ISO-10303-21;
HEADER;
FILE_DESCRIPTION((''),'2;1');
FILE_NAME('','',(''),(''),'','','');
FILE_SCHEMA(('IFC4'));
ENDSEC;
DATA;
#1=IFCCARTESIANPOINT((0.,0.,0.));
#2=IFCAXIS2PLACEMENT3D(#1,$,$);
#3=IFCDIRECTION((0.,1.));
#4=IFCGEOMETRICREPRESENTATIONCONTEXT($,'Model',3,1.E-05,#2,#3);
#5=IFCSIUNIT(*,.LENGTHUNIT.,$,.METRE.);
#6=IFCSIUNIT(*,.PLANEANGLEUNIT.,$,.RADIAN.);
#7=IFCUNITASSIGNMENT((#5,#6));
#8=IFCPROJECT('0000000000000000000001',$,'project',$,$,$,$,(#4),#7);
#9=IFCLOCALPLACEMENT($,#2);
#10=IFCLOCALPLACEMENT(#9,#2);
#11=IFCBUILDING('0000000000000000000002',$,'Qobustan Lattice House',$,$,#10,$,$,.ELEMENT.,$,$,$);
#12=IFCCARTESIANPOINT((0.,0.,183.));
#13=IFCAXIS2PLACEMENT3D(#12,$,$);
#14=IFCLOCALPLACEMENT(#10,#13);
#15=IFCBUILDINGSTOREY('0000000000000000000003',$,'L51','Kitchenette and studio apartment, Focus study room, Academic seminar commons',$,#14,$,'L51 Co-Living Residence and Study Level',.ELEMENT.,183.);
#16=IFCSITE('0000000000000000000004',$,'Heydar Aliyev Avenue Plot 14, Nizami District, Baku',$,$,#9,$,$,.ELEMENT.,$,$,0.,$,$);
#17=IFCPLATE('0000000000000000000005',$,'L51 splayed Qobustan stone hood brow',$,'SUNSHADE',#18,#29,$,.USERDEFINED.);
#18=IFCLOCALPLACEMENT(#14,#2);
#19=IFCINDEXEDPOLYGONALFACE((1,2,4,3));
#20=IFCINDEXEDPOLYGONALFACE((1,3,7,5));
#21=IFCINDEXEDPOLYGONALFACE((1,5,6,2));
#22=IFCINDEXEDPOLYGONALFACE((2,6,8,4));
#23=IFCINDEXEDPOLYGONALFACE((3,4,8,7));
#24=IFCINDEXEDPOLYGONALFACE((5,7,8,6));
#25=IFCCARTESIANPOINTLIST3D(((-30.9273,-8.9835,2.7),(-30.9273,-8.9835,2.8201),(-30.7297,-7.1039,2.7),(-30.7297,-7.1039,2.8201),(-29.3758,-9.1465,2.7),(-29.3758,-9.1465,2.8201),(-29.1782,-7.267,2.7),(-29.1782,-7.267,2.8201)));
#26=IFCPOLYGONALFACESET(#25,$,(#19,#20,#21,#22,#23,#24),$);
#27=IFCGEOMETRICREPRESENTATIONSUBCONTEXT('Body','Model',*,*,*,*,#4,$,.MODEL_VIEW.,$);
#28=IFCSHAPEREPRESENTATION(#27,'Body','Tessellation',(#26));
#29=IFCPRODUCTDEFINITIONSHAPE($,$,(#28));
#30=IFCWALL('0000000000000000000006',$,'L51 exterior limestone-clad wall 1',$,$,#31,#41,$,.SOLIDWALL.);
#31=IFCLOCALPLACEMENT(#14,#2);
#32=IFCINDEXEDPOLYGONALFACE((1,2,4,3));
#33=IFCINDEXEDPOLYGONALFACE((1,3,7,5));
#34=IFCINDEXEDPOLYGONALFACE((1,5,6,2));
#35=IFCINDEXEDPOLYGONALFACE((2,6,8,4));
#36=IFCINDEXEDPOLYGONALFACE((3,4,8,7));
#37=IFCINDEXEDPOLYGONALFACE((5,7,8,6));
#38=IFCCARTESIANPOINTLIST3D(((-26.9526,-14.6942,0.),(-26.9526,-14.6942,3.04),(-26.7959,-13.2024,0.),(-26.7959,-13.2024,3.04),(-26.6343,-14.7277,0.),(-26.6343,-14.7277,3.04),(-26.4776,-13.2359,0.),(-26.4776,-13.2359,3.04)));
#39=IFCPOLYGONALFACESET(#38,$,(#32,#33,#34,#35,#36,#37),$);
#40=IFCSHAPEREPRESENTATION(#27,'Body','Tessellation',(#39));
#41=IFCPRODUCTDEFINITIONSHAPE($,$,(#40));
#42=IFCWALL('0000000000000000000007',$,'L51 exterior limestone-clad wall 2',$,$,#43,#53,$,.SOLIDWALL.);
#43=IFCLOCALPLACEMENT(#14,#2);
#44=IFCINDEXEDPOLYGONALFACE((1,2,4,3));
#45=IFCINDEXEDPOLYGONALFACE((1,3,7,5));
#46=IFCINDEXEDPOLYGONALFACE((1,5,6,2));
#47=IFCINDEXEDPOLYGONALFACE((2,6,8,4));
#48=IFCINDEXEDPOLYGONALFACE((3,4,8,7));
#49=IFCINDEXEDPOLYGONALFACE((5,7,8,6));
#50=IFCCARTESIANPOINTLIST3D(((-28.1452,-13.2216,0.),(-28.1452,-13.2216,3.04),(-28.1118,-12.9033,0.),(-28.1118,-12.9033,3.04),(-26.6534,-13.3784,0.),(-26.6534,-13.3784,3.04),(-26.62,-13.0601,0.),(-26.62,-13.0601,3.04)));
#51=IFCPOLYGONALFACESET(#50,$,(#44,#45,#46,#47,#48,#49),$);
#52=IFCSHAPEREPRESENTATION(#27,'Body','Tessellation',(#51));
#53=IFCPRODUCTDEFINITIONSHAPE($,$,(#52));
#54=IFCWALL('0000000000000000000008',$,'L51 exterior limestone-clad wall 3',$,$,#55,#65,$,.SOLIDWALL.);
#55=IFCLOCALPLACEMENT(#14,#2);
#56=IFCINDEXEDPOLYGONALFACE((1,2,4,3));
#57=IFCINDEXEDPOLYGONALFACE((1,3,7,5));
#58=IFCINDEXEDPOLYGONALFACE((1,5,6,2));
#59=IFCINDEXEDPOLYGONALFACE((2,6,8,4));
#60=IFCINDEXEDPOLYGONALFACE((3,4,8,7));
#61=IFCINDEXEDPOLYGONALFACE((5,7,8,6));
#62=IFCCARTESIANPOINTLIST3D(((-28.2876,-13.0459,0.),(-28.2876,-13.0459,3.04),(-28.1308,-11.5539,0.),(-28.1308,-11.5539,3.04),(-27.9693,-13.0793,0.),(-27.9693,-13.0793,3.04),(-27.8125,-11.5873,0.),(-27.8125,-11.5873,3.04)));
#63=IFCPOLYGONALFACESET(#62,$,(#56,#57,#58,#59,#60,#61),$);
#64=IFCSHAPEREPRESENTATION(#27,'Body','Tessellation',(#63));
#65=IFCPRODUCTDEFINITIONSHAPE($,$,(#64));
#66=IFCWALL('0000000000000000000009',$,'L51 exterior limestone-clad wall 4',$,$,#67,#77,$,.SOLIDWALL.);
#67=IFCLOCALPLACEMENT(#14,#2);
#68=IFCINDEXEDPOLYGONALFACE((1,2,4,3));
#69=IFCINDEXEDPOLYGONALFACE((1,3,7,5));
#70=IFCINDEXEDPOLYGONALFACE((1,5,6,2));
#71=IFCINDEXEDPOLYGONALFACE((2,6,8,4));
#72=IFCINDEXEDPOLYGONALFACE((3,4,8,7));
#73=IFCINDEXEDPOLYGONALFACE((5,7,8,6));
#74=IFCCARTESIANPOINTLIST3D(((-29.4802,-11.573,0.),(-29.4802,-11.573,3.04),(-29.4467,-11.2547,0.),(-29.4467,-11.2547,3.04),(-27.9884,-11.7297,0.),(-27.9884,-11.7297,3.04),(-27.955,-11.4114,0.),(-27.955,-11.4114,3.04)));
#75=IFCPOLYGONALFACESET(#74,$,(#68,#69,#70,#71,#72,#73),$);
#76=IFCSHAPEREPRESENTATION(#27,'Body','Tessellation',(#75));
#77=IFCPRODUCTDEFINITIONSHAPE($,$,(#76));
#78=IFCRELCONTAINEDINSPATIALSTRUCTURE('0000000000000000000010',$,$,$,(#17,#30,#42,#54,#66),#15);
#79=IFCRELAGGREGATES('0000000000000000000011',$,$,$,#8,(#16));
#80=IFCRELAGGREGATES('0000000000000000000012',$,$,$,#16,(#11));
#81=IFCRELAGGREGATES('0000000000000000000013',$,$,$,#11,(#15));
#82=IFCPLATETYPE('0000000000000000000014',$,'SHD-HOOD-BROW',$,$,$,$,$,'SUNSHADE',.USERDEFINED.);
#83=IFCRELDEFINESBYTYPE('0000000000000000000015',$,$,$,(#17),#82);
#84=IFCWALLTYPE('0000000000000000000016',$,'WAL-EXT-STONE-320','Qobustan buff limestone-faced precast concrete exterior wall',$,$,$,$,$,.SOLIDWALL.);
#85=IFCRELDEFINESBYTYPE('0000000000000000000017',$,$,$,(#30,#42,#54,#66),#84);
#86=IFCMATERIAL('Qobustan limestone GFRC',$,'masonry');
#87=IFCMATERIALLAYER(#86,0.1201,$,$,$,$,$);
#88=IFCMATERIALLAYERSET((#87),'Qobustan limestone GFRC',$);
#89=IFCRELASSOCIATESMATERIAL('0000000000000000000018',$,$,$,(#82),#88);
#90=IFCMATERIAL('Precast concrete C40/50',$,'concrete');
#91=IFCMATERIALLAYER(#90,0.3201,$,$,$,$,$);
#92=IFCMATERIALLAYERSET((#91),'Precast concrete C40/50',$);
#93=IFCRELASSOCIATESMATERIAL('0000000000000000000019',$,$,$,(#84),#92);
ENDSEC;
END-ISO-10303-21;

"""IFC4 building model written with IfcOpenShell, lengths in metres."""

from ifc_helpers import new_model, si_unit, direction, frame, frame_2d, origin, origin_2d, place, context, subcontext, project, spatial, rectangle, extrude, material, layer, layer_set, type_object, element, save


model = new_model("IFC4")

# Units and contexts
model_context = context("Model", 3, precision=1e-05, world=origin(), true_north=direction((0.0, 1.0)))
body_context = subcontext(model_context, "Body", "Model", "MODEL_VIEW")
ifc_project = project(units=[si_unit("LENGTHUNIT", "METRE"), si_unit("PLANEANGLEUNIT", "RADIAN")], contexts=[model_context])

# Site, building, storey
site_placement = place(None, origin())
site = spatial("IfcSite", under=ifc_project, at=site_placement, Name="Heydar Aliyev Avenue Plot 14, Nizami District, Baku", CompositionType="ELEMENT", RefElevation=0.0)
building_placement = place(site_placement, origin())
building = spatial("IfcBuilding", under=site, at=building_placement, Name="Qobustan Lattice House", CompositionType="ELEMENT")
storey_placement = place(building_placement, frame((0.0, 0.0, 183.0)))
storey = spatial("IfcBuildingStorey", under=building, at=storey_placement, Name="L51", Description="Kitchenette and studio apartment, Focus study room, Academic seminar commons", LongName="L51 Co-Living Residence and Study Level", CompositionType="ELEMENT", Elevation=183.0)

# Plate
ifc_material_1 = material(Name="Qobustan limestone GFRC", Category="masonry")
ifc_layer_1 = layer(ifc_material_1, 0.1201)
ifc_layer_set_1 = layer_set([ifc_layer_1], Name="Qobustan limestone GFRC")
plate_type = type_object("IfcPlateType", Name="SHD-HOOD-BROW", ElementType="SUNSHADE", PredefinedType="USERDEFINED", material=ifc_layer_set_1)
plate_placement = place(storey_placement, frame((-30.0527, -8.1252, 2.7), z_axis=(0.0, 0.0, 1.0), x_axis=(0.104528, 0.994522, 0.0)))
element("IfcPlate", 1, at=plate_placement, inside=storey, type_object=plate_type, Name="L51 splayed Qobustan stone hood brow", ObjectType="SUNSHADE", PredefinedType="USERDEFINED", context=body_context, shape_type="SweptSolid", body=[
    extrude(rectangle(XDim=1.8899, YDim=1.5601, at=origin_2d()), origin(), (0.0, 0.0, 1.0), 0.1201),
])

# Walls
ifc_material_2 = material(Name="Precast concrete C40/50", Category="concrete")
ifc_layer_2 = layer(ifc_material_2, 0.3201)
ifc_layer_set_2 = layer_set([ifc_layer_2], Name="Precast concrete C40/50")
wall_type_1 = type_object("IfcWallType", Name="WAL-EXT-STONE-320", Description="Qobustan buff limestone-faced precast concrete exterior wall", PredefinedType="SOLIDWALL", material=ifc_layer_set_2)
for number, where, z_axis, x_axis, name in (
    (2, (-26.7935, -14.7109, 0.0), (0.0, 0.0, 1.0), (0.104498, 0.994525, 0.0), "L51 exterior limestone-clad wall 1"),
    (3, (-26.6367, -13.2192, 0.0), (0.0, 0.0, 1.0), (-0.994525, 0.104498, 0.0), "L51 exterior limestone-clad wall 2"),
):
    element("IfcWall", number, at=place(storey_placement, frame(where, z_axis=z_axis, x_axis=x_axis)), inside=storey, type_object=wall_type_1, Name=name, PredefinedType="SOLIDWALL", context=body_context, shape_type="SweptSolid", body=[
        extrude(rectangle(XDim=1.5, YDim=0.3201, at=frame_2d((0.75, 0.0))), origin(), (0.0, 0.0, 1.0), 3.04),
    ])
wall_1_placement = place(storey_placement, frame((-28.1284, -13.0625, 0.0), z_axis=(0.0, 0.0, 1.0), x_axis=(0.104481, 0.994527, 0.0)))
element("IfcWall", 4, at=wall_1_placement, inside=storey, type_object=wall_type_1, Name="L51 exterior limestone-clad wall 3", PredefinedType="SOLIDWALL", context=body_context, shape_type="SweptSolid", body=[
    extrude(rectangle(XDim=1.5002, YDim=0.3201, at=frame_2d((0.75, 0.0))), origin(), (0.0, 0.0, 1.0), 3.04),
])
wall_2_placement = place(storey_placement, frame((-27.9717, -11.5706, 0.0), z_axis=(0.0, 0.0, 1.0), x_axis=(-0.994525, 0.104498, 0.0)))
element("IfcWall", 5, at=wall_2_placement, inside=storey, type_object=wall_type_1, Name="L51 exterior limestone-clad wall 4", PredefinedType="SOLIDWALL", context=body_context, shape_type="SweptSolid", body=[
    extrude(rectangle(XDim=1.5, YDim=0.3201, at=frame_2d((0.75, 0.0))), origin(), (0.0, 0.0, 1.0), 3.04),
])

save(model, "model.ifc")
